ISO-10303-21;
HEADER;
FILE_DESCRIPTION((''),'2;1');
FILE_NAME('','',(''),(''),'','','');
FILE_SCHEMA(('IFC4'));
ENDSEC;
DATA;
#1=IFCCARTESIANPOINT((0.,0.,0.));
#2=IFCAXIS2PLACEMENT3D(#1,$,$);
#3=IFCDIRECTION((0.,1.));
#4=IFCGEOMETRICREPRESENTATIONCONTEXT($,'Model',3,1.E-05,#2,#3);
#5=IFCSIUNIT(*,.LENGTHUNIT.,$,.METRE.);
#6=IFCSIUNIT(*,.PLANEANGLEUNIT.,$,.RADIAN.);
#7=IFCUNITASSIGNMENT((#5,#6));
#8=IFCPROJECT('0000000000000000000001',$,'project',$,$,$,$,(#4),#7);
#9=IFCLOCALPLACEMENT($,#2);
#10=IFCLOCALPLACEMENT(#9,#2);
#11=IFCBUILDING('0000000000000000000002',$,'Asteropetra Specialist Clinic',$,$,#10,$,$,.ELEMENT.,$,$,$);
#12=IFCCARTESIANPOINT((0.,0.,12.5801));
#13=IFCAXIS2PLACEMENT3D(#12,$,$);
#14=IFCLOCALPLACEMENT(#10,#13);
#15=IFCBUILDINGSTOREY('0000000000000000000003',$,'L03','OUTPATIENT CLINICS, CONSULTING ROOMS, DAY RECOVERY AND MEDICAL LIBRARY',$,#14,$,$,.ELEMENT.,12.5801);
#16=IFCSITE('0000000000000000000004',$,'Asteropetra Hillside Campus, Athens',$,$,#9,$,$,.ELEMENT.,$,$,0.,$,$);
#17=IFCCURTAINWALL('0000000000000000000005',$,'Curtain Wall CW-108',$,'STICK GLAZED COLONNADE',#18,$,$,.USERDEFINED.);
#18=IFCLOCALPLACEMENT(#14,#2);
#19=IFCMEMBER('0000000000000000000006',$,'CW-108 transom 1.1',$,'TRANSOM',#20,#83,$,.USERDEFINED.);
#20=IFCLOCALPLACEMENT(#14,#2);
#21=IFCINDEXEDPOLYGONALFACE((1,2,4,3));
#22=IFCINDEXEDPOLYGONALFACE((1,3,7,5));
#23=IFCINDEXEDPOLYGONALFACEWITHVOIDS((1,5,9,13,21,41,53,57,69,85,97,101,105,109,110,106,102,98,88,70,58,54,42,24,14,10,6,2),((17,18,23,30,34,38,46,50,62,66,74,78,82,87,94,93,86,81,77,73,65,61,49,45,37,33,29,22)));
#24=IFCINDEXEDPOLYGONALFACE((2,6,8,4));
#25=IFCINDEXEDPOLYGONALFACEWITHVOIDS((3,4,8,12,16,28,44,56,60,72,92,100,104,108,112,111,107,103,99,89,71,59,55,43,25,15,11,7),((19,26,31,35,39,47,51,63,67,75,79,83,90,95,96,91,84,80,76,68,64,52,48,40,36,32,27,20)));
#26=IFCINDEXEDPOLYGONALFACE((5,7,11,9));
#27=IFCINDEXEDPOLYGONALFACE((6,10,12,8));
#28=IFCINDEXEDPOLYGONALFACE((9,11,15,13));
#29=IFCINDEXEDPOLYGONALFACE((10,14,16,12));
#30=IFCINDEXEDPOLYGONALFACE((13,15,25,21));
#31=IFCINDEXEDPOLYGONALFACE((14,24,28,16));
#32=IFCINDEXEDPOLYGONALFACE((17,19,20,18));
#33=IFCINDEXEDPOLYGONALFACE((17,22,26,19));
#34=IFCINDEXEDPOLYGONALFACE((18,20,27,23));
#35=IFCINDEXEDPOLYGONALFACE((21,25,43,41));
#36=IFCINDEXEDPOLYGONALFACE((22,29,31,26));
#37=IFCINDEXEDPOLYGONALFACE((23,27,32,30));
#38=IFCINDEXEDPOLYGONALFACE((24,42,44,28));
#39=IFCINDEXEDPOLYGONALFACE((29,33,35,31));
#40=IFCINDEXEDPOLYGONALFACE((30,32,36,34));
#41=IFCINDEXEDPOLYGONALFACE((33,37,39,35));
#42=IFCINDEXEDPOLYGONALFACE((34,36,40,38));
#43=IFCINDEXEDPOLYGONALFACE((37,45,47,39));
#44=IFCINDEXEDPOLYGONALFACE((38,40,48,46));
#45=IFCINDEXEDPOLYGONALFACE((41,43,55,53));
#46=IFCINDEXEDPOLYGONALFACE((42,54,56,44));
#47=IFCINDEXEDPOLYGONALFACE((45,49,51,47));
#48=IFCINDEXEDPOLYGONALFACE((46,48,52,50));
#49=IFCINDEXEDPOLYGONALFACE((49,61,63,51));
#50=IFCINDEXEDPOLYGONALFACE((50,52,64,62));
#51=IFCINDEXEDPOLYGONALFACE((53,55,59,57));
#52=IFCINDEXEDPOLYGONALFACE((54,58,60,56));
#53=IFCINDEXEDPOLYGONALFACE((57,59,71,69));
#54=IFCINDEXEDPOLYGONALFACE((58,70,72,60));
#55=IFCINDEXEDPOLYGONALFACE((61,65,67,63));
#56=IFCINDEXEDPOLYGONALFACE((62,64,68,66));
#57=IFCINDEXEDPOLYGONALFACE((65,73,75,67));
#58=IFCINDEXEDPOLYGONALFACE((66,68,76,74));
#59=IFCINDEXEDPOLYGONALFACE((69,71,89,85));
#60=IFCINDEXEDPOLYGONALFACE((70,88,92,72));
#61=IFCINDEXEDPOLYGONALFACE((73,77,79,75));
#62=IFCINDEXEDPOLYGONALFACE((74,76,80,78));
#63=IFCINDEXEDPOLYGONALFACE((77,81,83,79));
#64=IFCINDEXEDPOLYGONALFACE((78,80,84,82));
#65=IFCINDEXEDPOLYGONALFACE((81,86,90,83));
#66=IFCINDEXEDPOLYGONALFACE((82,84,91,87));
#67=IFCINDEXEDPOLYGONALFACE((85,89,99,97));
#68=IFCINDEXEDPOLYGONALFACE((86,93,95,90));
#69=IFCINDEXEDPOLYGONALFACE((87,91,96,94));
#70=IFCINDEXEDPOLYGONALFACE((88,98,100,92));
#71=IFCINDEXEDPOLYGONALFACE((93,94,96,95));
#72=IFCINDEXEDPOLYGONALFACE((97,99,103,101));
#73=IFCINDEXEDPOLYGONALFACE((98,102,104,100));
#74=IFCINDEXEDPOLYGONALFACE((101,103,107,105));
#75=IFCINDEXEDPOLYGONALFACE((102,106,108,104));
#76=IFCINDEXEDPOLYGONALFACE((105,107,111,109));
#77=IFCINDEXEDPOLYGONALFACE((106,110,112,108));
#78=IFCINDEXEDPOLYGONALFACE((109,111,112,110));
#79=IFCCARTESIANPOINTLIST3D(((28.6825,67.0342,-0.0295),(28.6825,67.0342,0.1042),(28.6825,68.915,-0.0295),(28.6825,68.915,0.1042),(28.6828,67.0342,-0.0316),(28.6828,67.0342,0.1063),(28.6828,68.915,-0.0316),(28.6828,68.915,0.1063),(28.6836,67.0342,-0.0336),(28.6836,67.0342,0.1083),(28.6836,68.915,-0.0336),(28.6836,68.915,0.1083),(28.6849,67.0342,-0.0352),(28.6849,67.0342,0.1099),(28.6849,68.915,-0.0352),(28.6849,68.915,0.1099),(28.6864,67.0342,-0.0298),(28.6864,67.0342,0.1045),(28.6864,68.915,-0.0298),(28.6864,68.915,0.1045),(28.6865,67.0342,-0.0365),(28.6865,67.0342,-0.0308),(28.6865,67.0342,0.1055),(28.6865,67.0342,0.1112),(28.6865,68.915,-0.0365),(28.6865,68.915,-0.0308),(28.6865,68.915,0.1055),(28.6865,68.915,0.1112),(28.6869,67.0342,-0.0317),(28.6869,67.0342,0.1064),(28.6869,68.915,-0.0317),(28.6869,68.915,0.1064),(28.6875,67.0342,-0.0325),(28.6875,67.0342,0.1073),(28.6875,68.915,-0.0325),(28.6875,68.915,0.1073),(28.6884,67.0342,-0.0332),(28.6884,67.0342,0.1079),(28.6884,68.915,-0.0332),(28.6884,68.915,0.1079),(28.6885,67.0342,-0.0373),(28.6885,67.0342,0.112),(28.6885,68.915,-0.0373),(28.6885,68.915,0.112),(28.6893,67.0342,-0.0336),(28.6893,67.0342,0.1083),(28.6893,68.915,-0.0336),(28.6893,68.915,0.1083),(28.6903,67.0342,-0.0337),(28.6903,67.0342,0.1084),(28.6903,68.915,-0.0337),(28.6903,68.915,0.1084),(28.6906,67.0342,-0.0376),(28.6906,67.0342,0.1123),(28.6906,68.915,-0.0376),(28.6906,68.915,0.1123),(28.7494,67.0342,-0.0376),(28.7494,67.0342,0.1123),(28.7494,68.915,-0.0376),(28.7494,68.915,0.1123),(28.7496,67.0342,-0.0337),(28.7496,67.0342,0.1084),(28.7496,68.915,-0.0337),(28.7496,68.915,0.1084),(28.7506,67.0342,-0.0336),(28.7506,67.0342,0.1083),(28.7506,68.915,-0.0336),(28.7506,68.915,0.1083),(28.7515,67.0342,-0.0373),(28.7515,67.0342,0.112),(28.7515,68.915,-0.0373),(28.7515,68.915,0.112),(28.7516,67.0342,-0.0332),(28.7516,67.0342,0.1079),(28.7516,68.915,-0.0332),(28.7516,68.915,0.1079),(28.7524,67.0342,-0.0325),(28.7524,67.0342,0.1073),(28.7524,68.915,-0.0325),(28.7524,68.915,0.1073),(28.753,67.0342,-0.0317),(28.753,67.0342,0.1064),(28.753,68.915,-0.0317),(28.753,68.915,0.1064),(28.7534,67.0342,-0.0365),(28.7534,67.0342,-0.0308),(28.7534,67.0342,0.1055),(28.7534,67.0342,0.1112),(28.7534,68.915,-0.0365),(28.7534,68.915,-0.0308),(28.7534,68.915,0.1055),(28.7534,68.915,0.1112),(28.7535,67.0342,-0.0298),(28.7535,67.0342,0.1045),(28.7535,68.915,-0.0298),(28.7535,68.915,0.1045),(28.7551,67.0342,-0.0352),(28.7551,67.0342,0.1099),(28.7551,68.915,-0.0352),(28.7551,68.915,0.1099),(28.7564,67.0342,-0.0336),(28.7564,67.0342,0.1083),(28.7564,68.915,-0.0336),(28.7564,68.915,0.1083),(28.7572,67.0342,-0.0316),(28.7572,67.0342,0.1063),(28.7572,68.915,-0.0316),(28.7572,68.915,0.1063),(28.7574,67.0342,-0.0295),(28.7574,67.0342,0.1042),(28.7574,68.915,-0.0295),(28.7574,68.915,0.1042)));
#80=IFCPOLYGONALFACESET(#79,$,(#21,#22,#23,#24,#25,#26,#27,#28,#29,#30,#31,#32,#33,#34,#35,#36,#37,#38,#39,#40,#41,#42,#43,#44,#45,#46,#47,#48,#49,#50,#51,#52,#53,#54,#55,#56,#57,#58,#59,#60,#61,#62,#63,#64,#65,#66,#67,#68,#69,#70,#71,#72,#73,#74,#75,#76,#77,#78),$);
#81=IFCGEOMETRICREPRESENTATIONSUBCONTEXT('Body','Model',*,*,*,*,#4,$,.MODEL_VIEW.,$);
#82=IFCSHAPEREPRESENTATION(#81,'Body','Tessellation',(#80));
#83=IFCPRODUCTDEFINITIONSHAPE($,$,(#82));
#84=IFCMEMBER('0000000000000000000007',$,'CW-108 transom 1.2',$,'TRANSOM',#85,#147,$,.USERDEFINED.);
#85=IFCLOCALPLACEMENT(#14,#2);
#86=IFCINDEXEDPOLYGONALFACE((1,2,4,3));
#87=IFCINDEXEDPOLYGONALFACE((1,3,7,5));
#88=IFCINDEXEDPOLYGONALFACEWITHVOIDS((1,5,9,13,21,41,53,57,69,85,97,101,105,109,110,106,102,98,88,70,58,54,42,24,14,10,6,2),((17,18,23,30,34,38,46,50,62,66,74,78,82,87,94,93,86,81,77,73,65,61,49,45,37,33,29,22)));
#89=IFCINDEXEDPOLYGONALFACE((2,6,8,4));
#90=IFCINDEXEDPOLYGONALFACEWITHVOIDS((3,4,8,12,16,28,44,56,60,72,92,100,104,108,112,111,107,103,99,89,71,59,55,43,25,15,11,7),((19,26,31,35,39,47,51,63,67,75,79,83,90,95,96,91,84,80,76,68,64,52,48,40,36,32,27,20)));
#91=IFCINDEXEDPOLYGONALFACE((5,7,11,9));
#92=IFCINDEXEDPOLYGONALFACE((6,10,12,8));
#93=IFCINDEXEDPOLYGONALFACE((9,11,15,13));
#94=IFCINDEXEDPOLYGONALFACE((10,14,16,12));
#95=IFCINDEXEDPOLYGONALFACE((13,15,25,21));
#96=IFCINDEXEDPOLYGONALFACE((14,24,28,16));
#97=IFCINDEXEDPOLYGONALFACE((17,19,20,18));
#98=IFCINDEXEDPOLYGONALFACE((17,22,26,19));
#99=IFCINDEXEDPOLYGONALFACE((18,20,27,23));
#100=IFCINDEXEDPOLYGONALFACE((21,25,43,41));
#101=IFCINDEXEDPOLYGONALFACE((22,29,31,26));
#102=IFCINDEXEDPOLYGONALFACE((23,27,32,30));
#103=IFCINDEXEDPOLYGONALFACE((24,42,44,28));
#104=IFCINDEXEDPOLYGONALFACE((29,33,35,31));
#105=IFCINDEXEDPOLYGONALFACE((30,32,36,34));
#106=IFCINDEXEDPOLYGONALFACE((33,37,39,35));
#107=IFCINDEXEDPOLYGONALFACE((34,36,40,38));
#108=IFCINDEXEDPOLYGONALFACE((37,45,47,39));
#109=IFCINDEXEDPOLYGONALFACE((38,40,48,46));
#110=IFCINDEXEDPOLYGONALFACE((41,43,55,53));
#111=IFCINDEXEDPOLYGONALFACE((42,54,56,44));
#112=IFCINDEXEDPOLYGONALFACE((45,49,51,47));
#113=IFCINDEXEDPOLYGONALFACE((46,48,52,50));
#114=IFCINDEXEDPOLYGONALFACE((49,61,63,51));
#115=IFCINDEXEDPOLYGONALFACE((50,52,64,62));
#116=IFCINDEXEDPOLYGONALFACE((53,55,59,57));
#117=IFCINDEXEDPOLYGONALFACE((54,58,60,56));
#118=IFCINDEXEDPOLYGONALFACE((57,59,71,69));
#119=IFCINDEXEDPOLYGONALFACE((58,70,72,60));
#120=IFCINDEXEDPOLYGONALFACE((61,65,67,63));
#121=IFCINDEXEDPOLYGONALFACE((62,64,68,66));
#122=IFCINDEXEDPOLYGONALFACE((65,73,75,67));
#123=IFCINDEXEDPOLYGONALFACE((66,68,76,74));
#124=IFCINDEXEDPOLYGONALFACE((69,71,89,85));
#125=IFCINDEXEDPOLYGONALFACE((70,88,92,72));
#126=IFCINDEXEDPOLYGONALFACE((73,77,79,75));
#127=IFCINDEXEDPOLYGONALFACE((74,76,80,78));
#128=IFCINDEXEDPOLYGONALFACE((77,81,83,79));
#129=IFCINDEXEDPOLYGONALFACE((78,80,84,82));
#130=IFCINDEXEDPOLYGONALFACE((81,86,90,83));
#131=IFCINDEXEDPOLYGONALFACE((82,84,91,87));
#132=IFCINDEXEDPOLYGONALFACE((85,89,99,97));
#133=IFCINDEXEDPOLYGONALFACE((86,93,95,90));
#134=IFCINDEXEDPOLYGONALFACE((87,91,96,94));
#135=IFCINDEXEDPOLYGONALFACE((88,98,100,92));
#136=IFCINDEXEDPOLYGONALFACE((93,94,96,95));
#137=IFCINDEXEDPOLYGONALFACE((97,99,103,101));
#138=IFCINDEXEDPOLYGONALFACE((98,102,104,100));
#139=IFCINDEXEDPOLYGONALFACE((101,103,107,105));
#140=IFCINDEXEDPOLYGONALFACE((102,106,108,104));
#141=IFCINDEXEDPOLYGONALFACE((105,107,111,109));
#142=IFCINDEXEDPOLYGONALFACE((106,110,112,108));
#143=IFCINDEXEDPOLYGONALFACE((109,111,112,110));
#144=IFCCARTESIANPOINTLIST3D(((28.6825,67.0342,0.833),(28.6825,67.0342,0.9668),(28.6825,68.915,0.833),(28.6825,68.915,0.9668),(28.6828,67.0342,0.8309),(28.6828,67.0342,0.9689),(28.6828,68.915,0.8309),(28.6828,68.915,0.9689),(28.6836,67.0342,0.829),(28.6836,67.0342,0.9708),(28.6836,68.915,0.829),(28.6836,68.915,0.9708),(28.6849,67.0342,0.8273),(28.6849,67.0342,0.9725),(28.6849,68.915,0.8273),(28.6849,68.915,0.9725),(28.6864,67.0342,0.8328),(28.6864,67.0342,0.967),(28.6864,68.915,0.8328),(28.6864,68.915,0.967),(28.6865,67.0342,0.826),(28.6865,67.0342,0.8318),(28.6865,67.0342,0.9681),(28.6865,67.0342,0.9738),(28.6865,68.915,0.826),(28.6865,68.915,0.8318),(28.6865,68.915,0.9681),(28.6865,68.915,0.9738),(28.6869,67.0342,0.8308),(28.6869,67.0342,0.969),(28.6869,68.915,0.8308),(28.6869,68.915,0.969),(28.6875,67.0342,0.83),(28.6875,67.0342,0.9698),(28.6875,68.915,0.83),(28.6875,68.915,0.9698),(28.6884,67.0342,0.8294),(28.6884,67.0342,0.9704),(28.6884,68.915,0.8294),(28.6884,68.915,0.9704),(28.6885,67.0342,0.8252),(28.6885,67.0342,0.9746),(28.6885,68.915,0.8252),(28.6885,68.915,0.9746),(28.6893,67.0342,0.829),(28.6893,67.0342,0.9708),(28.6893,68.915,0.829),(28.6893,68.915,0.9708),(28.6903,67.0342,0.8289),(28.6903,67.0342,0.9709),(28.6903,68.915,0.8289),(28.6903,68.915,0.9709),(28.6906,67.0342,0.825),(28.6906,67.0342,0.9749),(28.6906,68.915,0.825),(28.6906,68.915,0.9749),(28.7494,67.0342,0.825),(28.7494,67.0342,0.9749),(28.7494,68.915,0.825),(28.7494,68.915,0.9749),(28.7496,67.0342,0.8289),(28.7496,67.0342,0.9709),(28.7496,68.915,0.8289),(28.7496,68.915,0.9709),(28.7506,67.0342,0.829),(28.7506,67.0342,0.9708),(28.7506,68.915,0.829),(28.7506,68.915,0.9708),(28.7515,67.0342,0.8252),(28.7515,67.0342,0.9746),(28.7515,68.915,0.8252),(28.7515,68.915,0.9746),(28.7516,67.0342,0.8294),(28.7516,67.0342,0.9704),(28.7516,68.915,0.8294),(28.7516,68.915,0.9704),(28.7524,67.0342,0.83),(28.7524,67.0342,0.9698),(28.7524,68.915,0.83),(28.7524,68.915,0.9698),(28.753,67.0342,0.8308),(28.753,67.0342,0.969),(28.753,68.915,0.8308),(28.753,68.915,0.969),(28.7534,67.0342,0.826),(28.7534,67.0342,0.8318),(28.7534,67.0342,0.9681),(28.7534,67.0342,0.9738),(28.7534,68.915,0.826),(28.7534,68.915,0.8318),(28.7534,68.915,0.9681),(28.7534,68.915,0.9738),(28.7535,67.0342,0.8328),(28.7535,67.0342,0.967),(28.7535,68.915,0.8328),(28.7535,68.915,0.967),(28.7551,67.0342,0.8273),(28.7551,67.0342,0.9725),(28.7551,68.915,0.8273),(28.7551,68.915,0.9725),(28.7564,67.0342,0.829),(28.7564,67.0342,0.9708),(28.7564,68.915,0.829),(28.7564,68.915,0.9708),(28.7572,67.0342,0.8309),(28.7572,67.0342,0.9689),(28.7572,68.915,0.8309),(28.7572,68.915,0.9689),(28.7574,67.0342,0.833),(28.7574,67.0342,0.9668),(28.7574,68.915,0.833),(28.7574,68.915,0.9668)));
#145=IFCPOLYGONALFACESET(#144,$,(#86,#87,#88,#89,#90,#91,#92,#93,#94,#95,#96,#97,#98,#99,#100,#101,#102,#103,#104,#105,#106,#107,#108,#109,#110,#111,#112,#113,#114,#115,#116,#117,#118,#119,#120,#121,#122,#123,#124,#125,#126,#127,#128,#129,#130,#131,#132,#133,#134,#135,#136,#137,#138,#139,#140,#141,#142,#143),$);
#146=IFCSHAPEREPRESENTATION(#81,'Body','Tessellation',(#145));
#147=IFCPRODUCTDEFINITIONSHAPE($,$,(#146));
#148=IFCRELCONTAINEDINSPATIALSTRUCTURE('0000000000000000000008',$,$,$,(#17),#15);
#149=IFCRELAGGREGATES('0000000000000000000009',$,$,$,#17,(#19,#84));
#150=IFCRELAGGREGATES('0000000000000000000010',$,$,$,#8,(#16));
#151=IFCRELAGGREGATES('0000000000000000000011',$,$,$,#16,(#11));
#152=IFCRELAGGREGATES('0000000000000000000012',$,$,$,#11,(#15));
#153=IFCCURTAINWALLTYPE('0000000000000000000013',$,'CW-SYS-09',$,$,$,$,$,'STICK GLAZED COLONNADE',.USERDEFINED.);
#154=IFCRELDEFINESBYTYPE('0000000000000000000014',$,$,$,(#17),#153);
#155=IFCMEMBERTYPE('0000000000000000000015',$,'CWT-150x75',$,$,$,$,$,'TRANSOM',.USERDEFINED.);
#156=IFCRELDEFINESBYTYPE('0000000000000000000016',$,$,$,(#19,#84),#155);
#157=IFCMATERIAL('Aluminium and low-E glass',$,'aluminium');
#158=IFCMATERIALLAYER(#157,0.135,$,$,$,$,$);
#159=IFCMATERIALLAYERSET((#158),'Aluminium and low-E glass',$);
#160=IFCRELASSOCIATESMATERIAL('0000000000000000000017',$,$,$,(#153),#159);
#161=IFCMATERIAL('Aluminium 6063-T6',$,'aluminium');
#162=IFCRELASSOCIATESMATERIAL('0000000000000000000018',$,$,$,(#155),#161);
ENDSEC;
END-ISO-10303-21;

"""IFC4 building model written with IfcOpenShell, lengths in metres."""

from ifc_helpers import new_model, si_unit, direction, frame, origin, origin_2d, place, context, subcontext, project, spatial, hollow_rectangle, extrude, material, layer, layer_set, material_profile, profile_set, type_object, element, aggregate, save


model = new_model("IFC4")

# Units and contexts
model_context = context("Model", 3, precision=1e-05, world=origin(), true_north=direction((0.0, 1.0)))
body_context = subcontext(model_context, "Body", "Model", "MODEL_VIEW")
ifc_project = project(units=[si_unit("LENGTHUNIT", "METRE"), si_unit("PLANEANGLEUNIT", "RADIAN")], contexts=[model_context])

# Site, building, storey
site_placement = place(None, origin())
site = spatial("IfcSite", under=ifc_project, at=site_placement, Name="Asteropetra Hillside Campus, Athens", CompositionType="ELEMENT", RefElevation=0.0)
building_placement = place(site_placement, origin())
building = spatial("IfcBuilding", under=site, at=building_placement, Name="Asteropetra Specialist Clinic", CompositionType="ELEMENT")
storey_placement = place(building_placement, frame((0.0, 0.0, 12.5801)))
storey = spatial("IfcBuildingStorey", under=building, at=storey_placement, Name="L03", Description="OUTPATIENT CLINICS, CONSULTING ROOMS, DAY RECOVERY AND MEDICAL LIBRARY", CompositionType="ELEMENT", Elevation=12.5801)

# Curtain wall
ifc_material_1 = material(Name="Aluminium and low-E glass", Category="aluminium")
ifc_layer_1 = layer(ifc_material_1, 0.135)
ifc_layer_set_1 = layer_set([ifc_layer_1], Name="Aluminium and low-E glass")
curtain_wall_type_1 = type_object("IfcCurtainWallType", Name="CW-SYS-09", ElementType="STICK GLAZED COLONNADE", PredefinedType="USERDEFINED", material=ifc_layer_set_1)
curtain_wall_1_placement = place(storey_placement, origin())
curtain_wall_1 = element("IfcCurtainWall", 1, at=curtain_wall_1_placement, inside=storey, type_object=curtain_wall_type_1, Name="Curtain Wall CW-108", ObjectType="STICK GLAZED COLONNADE", PredefinedType="USERDEFINED")

# Members
ifc_material_2 = material(Name="Aluminium 6063-T6", Category="aluminium")
ifc_material_profile_1 = material_profile(ifc_material_2, hollow_rectangle(XDim=0.075, YDim=0.1499, WallThickness=0.0039, InnerFilletRadius=0.0039, OuterFilletRadius=0.0081, at=origin_2d()), Name="TRN 150x75x4.0")
ifc_profile_set_1 = profile_set([ifc_material_profile_1], Name="Aluminium 6063-T6")
member_type_1 = type_object("IfcMemberType", Name="CWT-150x75", ElementType="TRANSOM", PredefinedType="USERDEFINED", material=ifc_profile_set_1)
member_1_placement = place(storey_placement, frame((28.72, 68.915, 0.0374), z_axis=(0.0, -1.0, 0.0), x_axis=(1.0, 0.0, 0.0)))
member_1 = element("IfcMember", 2, at=member_1_placement, type_object=member_type_1, Name="CW-108 transom 1.1", ObjectType="TRANSOM", PredefinedType="USERDEFINED", context=body_context, shape_type="SweptSolid", body=[
    extrude(hollow_rectangle(XDim=0.075, YDim=0.1499, WallThickness=0.0039, InnerFilletRadius=0.0039, OuterFilletRadius=0.0081, at=origin_2d()), origin(), (0.0, 0.0, 1.0), 1.8809),
])
member_2_placement = place(storey_placement, frame((28.72, 68.915, 0.8999), z_axis=(0.0, -1.0, 0.0), x_axis=(1.0, 0.0, 0.0)))
member_2 = element("IfcMember", 3, at=member_2_placement, type_object=member_type_1, Name="CW-108 transom 1.2", ObjectType="TRANSOM", PredefinedType="USERDEFINED", context=body_context, shape_type="SweptSolid", body=[
    extrude(hollow_rectangle(XDim=0.075, YDim=0.1499, WallThickness=0.0039, InnerFilletRadius=0.0039, OuterFilletRadius=0.0081, at=origin_2d()), origin(), (0.0, 0.0, 1.0), 1.8809),
])
aggregate(curtain_wall_1, [member_1, member_2])

save(model, "model.ifc")
